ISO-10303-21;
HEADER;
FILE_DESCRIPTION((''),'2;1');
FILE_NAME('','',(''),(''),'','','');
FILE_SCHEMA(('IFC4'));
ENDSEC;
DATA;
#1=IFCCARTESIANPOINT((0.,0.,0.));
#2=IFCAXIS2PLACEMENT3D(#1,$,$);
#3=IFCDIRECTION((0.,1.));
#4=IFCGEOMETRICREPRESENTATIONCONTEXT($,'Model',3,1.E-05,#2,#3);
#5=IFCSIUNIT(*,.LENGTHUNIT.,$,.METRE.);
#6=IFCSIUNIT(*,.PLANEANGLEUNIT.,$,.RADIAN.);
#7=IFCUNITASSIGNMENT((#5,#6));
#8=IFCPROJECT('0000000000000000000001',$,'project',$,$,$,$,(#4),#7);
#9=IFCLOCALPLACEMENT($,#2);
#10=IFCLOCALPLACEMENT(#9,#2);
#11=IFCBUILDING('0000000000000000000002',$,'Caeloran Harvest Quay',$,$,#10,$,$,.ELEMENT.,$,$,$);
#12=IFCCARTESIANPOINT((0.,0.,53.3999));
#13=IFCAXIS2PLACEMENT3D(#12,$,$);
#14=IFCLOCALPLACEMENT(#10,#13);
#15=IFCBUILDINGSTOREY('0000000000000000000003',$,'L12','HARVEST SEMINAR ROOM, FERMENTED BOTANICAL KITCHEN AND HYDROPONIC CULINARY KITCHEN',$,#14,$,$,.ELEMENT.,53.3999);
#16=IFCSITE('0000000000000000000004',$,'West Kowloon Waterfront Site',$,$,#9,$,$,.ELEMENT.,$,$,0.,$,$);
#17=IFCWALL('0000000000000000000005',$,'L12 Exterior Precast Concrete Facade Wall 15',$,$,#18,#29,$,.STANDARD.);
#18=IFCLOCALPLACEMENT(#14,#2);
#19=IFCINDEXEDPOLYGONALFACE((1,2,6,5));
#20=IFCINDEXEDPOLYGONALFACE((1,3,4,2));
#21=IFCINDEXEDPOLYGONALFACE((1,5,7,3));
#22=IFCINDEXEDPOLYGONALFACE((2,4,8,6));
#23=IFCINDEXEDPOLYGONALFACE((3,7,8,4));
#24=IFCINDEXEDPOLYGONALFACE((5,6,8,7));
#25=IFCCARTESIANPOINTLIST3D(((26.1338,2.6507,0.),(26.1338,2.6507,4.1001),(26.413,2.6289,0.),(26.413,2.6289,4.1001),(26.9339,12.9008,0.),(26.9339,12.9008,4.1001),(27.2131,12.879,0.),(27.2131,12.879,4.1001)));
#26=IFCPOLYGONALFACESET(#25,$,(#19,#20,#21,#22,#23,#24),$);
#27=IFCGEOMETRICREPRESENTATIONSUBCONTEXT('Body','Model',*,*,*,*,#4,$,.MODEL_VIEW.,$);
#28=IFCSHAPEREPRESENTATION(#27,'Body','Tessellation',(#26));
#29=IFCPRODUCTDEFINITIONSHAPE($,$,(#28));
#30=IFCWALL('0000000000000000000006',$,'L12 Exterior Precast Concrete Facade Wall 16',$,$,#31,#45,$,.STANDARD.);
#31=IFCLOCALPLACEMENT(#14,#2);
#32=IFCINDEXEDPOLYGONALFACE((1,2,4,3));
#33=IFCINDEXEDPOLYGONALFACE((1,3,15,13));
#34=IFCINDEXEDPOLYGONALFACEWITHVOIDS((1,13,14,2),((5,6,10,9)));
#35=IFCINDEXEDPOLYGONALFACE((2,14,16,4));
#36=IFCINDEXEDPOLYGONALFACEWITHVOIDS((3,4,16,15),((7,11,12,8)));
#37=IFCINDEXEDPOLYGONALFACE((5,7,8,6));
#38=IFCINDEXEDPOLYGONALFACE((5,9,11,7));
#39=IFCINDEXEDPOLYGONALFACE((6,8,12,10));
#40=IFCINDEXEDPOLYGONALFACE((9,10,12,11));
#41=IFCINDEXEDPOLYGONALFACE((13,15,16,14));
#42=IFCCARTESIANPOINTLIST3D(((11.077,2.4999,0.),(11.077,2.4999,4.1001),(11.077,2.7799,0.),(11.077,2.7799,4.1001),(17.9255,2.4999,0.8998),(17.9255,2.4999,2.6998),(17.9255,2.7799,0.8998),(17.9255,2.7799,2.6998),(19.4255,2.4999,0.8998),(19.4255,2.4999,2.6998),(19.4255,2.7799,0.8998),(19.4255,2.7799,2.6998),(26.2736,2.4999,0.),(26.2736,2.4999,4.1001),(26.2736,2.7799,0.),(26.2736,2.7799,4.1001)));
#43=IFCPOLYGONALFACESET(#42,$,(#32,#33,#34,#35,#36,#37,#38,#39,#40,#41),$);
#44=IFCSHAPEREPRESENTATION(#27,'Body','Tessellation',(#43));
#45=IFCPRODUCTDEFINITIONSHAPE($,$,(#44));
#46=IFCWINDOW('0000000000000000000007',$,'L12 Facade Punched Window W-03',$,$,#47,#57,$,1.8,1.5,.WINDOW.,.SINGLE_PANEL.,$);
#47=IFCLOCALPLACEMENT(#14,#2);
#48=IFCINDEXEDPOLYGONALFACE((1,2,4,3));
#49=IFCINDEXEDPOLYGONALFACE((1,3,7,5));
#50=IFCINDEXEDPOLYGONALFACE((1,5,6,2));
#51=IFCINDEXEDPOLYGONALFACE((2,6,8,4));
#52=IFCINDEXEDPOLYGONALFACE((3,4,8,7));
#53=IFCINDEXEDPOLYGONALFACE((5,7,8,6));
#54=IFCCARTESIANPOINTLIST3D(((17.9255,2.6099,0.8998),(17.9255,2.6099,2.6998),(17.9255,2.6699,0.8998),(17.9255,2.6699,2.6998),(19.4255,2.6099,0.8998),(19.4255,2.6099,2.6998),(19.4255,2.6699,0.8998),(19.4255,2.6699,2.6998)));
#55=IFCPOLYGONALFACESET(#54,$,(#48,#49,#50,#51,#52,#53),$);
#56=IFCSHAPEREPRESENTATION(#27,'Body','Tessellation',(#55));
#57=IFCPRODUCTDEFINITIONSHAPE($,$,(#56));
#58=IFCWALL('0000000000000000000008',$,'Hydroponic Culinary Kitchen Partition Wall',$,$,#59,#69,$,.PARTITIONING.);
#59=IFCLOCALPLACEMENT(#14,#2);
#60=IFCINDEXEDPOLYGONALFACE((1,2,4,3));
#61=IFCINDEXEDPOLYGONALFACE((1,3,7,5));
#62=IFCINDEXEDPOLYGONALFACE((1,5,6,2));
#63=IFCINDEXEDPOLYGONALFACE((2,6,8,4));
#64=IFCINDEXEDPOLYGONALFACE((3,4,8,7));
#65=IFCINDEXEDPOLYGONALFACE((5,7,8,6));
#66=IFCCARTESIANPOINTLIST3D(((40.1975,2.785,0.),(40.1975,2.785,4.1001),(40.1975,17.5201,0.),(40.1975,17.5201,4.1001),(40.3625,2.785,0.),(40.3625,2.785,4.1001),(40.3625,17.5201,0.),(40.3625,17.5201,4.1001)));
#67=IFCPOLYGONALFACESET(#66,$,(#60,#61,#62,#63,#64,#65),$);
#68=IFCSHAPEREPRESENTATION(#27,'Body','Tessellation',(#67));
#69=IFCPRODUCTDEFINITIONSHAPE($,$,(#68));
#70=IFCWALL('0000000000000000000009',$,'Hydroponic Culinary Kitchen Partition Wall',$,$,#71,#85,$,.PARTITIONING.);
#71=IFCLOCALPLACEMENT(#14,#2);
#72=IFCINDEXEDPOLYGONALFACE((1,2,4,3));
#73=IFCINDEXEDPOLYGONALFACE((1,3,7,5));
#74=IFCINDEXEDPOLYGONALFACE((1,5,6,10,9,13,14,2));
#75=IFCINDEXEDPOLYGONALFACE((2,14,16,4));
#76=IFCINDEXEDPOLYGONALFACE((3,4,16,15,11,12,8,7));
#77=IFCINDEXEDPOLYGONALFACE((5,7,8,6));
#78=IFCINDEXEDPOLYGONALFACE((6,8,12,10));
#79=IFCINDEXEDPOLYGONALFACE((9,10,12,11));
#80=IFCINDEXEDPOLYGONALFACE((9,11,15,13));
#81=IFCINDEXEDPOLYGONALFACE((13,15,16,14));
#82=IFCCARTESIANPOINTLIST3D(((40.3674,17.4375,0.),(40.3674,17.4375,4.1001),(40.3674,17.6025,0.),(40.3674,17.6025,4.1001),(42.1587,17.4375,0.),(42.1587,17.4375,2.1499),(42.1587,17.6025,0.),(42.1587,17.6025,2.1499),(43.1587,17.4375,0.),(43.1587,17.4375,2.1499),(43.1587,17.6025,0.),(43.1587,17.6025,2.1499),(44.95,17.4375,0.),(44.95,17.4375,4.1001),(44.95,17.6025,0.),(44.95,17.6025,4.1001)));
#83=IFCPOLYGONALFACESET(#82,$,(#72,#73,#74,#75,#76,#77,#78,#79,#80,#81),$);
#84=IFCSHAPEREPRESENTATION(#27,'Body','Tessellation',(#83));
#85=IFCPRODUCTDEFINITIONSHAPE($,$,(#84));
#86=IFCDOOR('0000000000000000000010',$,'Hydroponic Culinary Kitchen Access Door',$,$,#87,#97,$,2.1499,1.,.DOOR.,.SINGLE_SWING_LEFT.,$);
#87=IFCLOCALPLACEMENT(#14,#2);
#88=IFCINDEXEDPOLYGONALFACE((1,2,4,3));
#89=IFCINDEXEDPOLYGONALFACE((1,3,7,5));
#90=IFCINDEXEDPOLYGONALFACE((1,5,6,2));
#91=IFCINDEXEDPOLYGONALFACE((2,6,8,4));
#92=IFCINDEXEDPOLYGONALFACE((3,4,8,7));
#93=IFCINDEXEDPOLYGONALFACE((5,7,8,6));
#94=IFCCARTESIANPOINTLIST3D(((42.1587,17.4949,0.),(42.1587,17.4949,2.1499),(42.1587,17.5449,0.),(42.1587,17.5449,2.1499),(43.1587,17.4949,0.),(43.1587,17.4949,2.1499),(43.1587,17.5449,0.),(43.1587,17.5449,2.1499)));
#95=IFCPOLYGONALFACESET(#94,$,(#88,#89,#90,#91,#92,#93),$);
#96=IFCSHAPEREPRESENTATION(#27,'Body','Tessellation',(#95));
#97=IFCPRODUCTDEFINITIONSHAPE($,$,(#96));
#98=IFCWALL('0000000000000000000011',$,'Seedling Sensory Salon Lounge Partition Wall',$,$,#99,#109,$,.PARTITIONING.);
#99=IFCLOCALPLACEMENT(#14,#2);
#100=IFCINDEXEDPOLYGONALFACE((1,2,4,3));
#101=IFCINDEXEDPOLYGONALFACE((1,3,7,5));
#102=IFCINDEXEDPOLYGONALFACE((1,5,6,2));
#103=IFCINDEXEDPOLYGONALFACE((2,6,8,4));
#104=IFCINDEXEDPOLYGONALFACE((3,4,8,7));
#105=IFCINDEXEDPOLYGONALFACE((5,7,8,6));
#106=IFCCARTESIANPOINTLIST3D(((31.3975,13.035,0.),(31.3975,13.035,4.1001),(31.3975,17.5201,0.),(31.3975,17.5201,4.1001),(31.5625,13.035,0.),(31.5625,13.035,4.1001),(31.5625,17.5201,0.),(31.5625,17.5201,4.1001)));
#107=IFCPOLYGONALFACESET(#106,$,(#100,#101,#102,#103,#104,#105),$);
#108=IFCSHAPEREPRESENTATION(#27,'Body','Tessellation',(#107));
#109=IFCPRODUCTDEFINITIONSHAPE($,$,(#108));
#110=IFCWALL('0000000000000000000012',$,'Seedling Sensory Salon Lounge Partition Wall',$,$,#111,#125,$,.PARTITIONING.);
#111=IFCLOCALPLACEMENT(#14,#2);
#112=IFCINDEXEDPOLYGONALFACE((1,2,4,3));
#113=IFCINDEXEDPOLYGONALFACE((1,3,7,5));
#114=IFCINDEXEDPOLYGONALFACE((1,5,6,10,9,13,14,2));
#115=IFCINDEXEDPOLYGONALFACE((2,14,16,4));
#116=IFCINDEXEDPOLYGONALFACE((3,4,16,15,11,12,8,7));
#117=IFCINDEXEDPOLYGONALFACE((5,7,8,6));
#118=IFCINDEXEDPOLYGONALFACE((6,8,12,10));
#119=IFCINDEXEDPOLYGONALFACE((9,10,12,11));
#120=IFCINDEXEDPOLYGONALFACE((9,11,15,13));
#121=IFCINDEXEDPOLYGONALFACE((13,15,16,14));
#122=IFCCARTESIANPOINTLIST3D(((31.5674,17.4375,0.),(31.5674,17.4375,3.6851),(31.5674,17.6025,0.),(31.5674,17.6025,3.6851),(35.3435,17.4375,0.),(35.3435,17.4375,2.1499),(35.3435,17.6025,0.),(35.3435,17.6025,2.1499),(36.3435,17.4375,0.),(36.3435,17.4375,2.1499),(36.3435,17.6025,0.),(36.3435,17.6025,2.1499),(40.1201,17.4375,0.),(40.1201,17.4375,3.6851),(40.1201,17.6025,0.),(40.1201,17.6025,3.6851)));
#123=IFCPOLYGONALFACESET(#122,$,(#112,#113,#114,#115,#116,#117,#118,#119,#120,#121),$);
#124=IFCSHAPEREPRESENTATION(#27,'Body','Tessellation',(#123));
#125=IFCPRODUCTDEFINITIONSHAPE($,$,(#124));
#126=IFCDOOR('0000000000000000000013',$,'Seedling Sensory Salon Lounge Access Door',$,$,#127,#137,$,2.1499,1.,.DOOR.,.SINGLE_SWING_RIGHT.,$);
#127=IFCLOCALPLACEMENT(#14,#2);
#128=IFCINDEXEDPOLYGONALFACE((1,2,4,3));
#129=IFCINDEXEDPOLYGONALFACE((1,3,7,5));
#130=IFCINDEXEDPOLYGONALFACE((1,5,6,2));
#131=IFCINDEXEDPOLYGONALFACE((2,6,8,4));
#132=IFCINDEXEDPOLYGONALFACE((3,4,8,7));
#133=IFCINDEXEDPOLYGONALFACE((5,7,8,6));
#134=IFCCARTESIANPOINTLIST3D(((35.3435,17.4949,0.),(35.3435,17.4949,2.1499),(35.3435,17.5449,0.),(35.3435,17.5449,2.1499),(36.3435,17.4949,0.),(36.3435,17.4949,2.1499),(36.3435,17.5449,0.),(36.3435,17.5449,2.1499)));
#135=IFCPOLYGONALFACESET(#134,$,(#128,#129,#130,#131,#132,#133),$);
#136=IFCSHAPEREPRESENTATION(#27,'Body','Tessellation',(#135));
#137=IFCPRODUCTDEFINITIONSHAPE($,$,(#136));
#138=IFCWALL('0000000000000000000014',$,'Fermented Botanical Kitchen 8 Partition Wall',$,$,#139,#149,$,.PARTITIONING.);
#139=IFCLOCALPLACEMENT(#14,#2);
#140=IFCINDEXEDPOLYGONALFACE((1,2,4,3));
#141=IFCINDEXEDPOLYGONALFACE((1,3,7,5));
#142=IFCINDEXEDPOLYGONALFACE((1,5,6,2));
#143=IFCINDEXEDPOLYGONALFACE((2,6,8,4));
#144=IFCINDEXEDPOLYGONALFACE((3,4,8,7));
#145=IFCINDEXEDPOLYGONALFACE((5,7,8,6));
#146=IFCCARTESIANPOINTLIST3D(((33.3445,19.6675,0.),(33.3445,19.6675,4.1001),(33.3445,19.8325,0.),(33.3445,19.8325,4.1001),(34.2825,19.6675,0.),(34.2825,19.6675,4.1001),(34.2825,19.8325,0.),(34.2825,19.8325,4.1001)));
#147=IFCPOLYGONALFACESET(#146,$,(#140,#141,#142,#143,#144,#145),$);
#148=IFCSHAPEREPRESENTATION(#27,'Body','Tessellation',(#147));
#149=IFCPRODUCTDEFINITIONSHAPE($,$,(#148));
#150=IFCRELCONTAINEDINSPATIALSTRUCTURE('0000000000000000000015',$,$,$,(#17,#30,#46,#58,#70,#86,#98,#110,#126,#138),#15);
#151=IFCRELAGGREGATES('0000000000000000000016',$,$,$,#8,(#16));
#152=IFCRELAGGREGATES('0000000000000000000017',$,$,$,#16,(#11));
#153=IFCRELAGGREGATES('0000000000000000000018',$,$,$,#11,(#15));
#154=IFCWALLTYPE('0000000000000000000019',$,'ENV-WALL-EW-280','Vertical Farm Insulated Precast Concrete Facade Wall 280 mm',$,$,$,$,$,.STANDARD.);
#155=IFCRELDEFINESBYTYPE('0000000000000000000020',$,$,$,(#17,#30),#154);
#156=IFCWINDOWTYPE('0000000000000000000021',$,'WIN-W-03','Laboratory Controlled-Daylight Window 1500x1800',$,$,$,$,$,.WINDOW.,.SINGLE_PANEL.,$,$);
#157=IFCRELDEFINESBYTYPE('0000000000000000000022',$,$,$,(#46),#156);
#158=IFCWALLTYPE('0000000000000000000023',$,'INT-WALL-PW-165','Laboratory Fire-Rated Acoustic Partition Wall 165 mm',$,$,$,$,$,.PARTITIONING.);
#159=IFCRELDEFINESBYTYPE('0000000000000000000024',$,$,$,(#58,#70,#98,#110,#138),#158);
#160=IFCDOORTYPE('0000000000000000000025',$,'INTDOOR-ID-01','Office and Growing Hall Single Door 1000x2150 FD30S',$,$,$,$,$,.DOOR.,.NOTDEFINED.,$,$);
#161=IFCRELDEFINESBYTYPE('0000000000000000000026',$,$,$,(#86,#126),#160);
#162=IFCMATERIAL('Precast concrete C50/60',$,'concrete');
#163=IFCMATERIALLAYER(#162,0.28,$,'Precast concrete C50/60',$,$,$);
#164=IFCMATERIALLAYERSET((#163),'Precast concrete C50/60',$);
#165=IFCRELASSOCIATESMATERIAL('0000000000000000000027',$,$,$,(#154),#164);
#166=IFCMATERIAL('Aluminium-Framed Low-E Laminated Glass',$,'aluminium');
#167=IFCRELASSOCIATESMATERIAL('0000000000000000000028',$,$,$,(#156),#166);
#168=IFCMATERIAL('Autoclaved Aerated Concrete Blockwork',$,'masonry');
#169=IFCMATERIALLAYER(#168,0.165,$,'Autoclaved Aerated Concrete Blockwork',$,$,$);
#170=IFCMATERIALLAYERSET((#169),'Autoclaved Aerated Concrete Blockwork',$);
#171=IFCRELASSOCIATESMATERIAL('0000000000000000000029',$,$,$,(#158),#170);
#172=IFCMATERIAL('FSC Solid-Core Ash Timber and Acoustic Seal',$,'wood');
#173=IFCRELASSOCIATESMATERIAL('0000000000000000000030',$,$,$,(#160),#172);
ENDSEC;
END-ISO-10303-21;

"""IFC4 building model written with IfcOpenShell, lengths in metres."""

from ifc_helpers import new_model, si_unit, direction, frame, frame_2d, origin, place, context, subcontext, project, spatial, rectangle, extrude, material, layer, layer_set, type_object, element, fill, save


model = new_model("IFC4")

# Units and contexts
model_context = context("Model", 3, precision=1e-05, world=origin(), true_north=direction((0.0, 1.0)))
body_context = subcontext(model_context, "Body", "Model", "MODEL_VIEW")
ifc_project = project(units=[si_unit("LENGTHUNIT", "METRE"), si_unit("PLANEANGLEUNIT", "RADIAN")], contexts=[model_context])

# Site, building, storey
site_placement = place(None, origin())
site = spatial("IfcSite", under=ifc_project, at=site_placement, Name="West Kowloon Waterfront Site", CompositionType="ELEMENT", RefElevation=0.0)
building_placement = place(site_placement, origin())
building = spatial("IfcBuilding", under=site, at=building_placement, Name="Caeloran Harvest Quay", CompositionType="ELEMENT")
storey_placement = place(building_placement, frame((0.0, 0.0, 53.3999)))
storey = spatial("IfcBuildingStorey", under=building, at=storey_placement, Name="L12", Description="HARVEST SEMINAR ROOM, FERMENTED BOTANICAL KITCHEN AND HYDROPONIC CULINARY KITCHEN", CompositionType="ELEMENT", Elevation=53.3999)

# Shared definitions
ifc_material_1 = material(Name="Precast concrete C50/60", Category="concrete")

# Shared definitions
ifc_layer_1 = layer(ifc_material_1, 0.28, Name="Precast concrete C50/60")
ifc_layer_set_1 = layer_set([ifc_layer_1], Name="Precast concrete C50/60")
wall_type_1 = type_object("IfcWallType", Name="ENV-WALL-EW-280", Description="Vertical Farm Insulated Precast Concrete Facade Wall 280 mm", PredefinedType="STANDARD", material=ifc_layer_set_1)
ifc_material_2 = material(Name="Aluminium-Framed Low-E Laminated Glass", Category="aluminium")
window_type = type_object("IfcWindowType", Name="WIN-W-03", Description="Laboratory Controlled-Daylight Window 1500x1800", PartitioningType="SINGLE_PANEL", PredefinedType="WINDOW", material=ifc_material_2)

# Wall
wall_1_placement = place(storey_placement, frame((27.0735, 12.8899, 0.0), z_axis=(0.0, 0.0, 1.0), x_axis=(-0.077817, -0.996968, 0.0)))
element("IfcWall", 1, at=wall_1_placement, inside=storey, type_object=wall_type_1, Name="L12 Exterior Precast Concrete Facade Wall 15", PredefinedType="STANDARD", context=body_context, shape_type="SweptSolid", body=[
    extrude(rectangle(XDim=10.2812, YDim=0.28, at=frame_2d((5.1406, 0.0))), origin(), (0.0, 0.0, 1.0), 4.1001),
])

# Wall, opening, window
wall_2_placement = place(storey_placement, frame((26.2734, 2.6399, 0.0), z_axis=(0.0, 0.0, 1.0), x_axis=(-1.0, 0.0, 0.0)))
wall_2 = element("IfcWall", 2, at=wall_2_placement, inside=storey, type_object=wall_type_1, Name="L12 Exterior Precast Concrete Facade Wall 16", PredefinedType="STANDARD", context=body_context, shape_type="SweptSolid", body=[
    extrude(rectangle(XDim=15.1965, YDim=0.28, at=frame_2d((7.5981, 0.0))), origin(), (0.0, 0.0, 1.0), 4.1001),
])
opening_1_placement = place(wall_2_placement, frame((6.8479, 0.0, 0.8999)))
opening_1 = element("IfcOpeningElement", 3, at=opening_1_placement, cuts=wall_2, PredefinedType="OPENING", context=body_context, shape_type="SweptSolid", body=[
    extrude(rectangle(XDim=1.5, YDim=1.8, at=frame_2d((0.75, 0.8999))), frame((0.0, 0.1499, 0.0), z_axis=(0.0, -1.0, 0.0), x_axis=(1.0, 0.0, 0.0)), (0.0, 0.0, 1.0), 0.3),
])
window_1_placement = place(opening_1_placement, origin())
window_1 = element("IfcWindow", 4, at=window_1_placement, inside=storey, type_object=window_type, Name="L12 Facade Punched Window W-03", OverallHeight=1.8, OverallWidth=1.5, PartitioningType="SINGLE_PANEL", PredefinedType="WINDOW", context=body_context, shape_type="SweptSolid", body=[
    extrude(rectangle(XDim=1.5, YDim=1.8, at=frame_2d((0.75, 0.8999))), frame((0.0, 0.03, 0.0), z_axis=(0.0, -1.0, 0.0), x_axis=(1.0, 0.0, 0.0)), (0.0, 0.0, 1.0), 0.0601),
])
fill(opening_1, window_1)

# Wall
ifc_material_3 = material(Name="Autoclaved Aerated Concrete Blockwork", Category="masonry")
ifc_layer_2 = layer(ifc_material_3, 0.165, Name="Autoclaved Aerated Concrete Blockwork")
ifc_layer_set_2 = layer_set([ifc_layer_2], Name="Autoclaved Aerated Concrete Blockwork")
wall_type_2 = type_object("IfcWallType", Name="INT-WALL-PW-165", Description="Laboratory Fire-Rated Acoustic Partition Wall 165 mm", PredefinedType="PARTITIONING", material=ifc_layer_set_2)
wall_3_placement = place(storey_placement, frame((40.28, 2.7849, 0.0), z_axis=(0.0, 0.0, 1.0), x_axis=(0.0, 1.0, 0.0)))
element("IfcWall", 5, at=wall_3_placement, inside=storey, type_object=wall_type_2, Name="Hydroponic Culinary Kitchen Partition Wall", PredefinedType="PARTITIONING", context=body_context, shape_type="SweptSolid", body=[
    extrude(rectangle(XDim=14.7351, YDim=0.165, at=frame_2d((7.3677, 0.0))), origin(), (0.0, 0.0, 1.0), 4.1001),
])

# Wall, opening, door
wall_4_placement = place(storey_placement, frame((40.3674, 17.52, 0.0), z_axis=(0.0, 0.0, 1.0), x_axis=(1.0, 0.0, 0.0)))
wall_4 = element("IfcWall", 6, at=wall_4_placement, inside=storey, type_object=wall_type_2, Name="Hydroponic Culinary Kitchen Partition Wall", PredefinedType="PARTITIONING", context=body_context, shape_type="SweptSolid", body=[
    extrude(rectangle(XDim=4.5825, YDim=0.165, at=frame_2d((2.2913, 0.0))), origin(), (0.0, 0.0, 1.0), 4.1001),
])
opening_2_placement = place(wall_4_placement, frame((1.7913, 0.0, 0.0)))
opening_2 = element("IfcOpeningElement", 7, at=opening_2_placement, cuts=wall_4, PredefinedType="OPENING", context=body_context, shape_type="SweptSolid", body=[
    extrude(rectangle(XDim=1.0, YDim=2.1499, at=frame_2d((0.5, 1.075))), frame((0.0, 0.0925, 0.0), z_axis=(0.0, -1.0, 0.0), x_axis=(1.0, 0.0, 0.0)), (0.0, 0.0, 1.0), 0.1851),
])
ifc_material_4 = material(Name="FSC Solid-Core Ash Timber and Acoustic Seal", Category="wood")
door_type_1 = type_object("IfcDoorType", Name="INTDOOR-ID-01", Description="Office and Growing Hall Single Door 1000x2150 FD30S", OperationType="NOTDEFINED", PredefinedType="DOOR", material=ifc_material_4)
door_1_placement = place(opening_2_placement, origin())
door_1 = element("IfcDoor", 8, at=door_1_placement, inside=storey, type_object=door_type_1, Name="Hydroponic Culinary Kitchen Access Door", OperationType="SINGLE_SWING_LEFT", OverallHeight=2.1499, OverallWidth=1.0, PredefinedType="DOOR", context=body_context, shape_type="SweptSolid", body=[
    extrude(rectangle(XDim=1.0, YDim=2.1499, at=frame_2d((0.5, 1.075))), frame((0.0, 0.0249, 0.0), z_axis=(0.0, -1.0, 0.0), x_axis=(1.0, 0.0, 0.0)), (0.0, 0.0, 1.0), 0.05),
])
fill(opening_2, door_1)

# Wall
wall_5_placement = place(storey_placement, frame((31.48, 13.0349, 0.0), z_axis=(0.0, 0.0, 1.0), x_axis=(0.0, 1.0, 0.0)))
element("IfcWall", 9, at=wall_5_placement, inside=storey, type_object=wall_type_2, Name="Seedling Sensory Salon Lounge Partition Wall", PredefinedType="PARTITIONING", context=body_context, shape_type="SweptSolid", body=[
    extrude(rectangle(XDim=4.4851, YDim=0.165, at=frame_2d((2.2427, 0.0))), origin(), (0.0, 0.0, 1.0), 4.1001),
])

# Wall, opening, door
wall_6_placement = place(storey_placement, frame((31.5674, 17.52, 0.0), z_axis=(0.0, 0.0, 1.0), x_axis=(1.0, 0.0, 0.0)))
wall_6 = element("IfcWall", 10, at=wall_6_placement, inside=storey, type_object=wall_type_2, Name="Seedling Sensory Salon Lounge Partition Wall", PredefinedType="PARTITIONING", context=body_context, shape_type="SweptSolid", body=[
    extrude(rectangle(XDim=8.5527, YDim=0.165, at=frame_2d((4.2764, 0.0))), origin(), (0.0, 0.0, 1.0), 3.6851),
])
opening_3_placement = place(wall_6_placement, frame((3.7761, 0.0, 0.0)))
opening_3 = element("IfcOpeningElement", 11, at=opening_3_placement, cuts=wall_6, PredefinedType="OPENING", context=body_context, shape_type="SweptSolid", body=[
    extrude(rectangle(XDim=1.0, YDim=2.1499, at=frame_2d((0.5, 1.075))), frame((0.0, 0.0925, 0.0), z_axis=(0.0, -1.0, 0.0), x_axis=(1.0, 0.0, 0.0)), (0.0, 0.0, 1.0), 0.1851),
])
door_2_placement = place(opening_3_placement, origin())
door_2 = element("IfcDoor", 12, at=door_2_placement, inside=storey, type_object=door_type_1, Name="Seedling Sensory Salon Lounge Access Door", OperationType="SINGLE_SWING_RIGHT", OverallHeight=2.1499, OverallWidth=1.0, PredefinedType="DOOR", context=body_context, shape_type="SweptSolid", body=[
    extrude(rectangle(XDim=1.0, YDim=2.1499, at=frame_2d((0.5, 1.075))), frame((0.0, 0.0249, 0.0), z_axis=(0.0, -1.0, 0.0), x_axis=(1.0, 0.0, 0.0)), (0.0, 0.0, 1.0), 0.05),
])
fill(opening_3, door_2)

# Wall
wall_7_placement = place(storey_placement, frame((34.2825, 19.75, 0.0), z_axis=(0.0, 0.0, 1.0), x_axis=(-1.0, 0.0, 0.0)))
element("IfcWall", 13, at=wall_7_placement, inside=storey, type_object=wall_type_2, Name="Fermented Botanical Kitchen 8 Partition Wall", PredefinedType="PARTITIONING", context=body_context, shape_type="SweptSolid", body=[
    extrude(rectangle(XDim=0.938, YDim=0.165, at=frame_2d((0.469, 0.0))), origin(), (0.0, 0.0, 1.0), 4.1001),
])

save(model, "model.ifc")
